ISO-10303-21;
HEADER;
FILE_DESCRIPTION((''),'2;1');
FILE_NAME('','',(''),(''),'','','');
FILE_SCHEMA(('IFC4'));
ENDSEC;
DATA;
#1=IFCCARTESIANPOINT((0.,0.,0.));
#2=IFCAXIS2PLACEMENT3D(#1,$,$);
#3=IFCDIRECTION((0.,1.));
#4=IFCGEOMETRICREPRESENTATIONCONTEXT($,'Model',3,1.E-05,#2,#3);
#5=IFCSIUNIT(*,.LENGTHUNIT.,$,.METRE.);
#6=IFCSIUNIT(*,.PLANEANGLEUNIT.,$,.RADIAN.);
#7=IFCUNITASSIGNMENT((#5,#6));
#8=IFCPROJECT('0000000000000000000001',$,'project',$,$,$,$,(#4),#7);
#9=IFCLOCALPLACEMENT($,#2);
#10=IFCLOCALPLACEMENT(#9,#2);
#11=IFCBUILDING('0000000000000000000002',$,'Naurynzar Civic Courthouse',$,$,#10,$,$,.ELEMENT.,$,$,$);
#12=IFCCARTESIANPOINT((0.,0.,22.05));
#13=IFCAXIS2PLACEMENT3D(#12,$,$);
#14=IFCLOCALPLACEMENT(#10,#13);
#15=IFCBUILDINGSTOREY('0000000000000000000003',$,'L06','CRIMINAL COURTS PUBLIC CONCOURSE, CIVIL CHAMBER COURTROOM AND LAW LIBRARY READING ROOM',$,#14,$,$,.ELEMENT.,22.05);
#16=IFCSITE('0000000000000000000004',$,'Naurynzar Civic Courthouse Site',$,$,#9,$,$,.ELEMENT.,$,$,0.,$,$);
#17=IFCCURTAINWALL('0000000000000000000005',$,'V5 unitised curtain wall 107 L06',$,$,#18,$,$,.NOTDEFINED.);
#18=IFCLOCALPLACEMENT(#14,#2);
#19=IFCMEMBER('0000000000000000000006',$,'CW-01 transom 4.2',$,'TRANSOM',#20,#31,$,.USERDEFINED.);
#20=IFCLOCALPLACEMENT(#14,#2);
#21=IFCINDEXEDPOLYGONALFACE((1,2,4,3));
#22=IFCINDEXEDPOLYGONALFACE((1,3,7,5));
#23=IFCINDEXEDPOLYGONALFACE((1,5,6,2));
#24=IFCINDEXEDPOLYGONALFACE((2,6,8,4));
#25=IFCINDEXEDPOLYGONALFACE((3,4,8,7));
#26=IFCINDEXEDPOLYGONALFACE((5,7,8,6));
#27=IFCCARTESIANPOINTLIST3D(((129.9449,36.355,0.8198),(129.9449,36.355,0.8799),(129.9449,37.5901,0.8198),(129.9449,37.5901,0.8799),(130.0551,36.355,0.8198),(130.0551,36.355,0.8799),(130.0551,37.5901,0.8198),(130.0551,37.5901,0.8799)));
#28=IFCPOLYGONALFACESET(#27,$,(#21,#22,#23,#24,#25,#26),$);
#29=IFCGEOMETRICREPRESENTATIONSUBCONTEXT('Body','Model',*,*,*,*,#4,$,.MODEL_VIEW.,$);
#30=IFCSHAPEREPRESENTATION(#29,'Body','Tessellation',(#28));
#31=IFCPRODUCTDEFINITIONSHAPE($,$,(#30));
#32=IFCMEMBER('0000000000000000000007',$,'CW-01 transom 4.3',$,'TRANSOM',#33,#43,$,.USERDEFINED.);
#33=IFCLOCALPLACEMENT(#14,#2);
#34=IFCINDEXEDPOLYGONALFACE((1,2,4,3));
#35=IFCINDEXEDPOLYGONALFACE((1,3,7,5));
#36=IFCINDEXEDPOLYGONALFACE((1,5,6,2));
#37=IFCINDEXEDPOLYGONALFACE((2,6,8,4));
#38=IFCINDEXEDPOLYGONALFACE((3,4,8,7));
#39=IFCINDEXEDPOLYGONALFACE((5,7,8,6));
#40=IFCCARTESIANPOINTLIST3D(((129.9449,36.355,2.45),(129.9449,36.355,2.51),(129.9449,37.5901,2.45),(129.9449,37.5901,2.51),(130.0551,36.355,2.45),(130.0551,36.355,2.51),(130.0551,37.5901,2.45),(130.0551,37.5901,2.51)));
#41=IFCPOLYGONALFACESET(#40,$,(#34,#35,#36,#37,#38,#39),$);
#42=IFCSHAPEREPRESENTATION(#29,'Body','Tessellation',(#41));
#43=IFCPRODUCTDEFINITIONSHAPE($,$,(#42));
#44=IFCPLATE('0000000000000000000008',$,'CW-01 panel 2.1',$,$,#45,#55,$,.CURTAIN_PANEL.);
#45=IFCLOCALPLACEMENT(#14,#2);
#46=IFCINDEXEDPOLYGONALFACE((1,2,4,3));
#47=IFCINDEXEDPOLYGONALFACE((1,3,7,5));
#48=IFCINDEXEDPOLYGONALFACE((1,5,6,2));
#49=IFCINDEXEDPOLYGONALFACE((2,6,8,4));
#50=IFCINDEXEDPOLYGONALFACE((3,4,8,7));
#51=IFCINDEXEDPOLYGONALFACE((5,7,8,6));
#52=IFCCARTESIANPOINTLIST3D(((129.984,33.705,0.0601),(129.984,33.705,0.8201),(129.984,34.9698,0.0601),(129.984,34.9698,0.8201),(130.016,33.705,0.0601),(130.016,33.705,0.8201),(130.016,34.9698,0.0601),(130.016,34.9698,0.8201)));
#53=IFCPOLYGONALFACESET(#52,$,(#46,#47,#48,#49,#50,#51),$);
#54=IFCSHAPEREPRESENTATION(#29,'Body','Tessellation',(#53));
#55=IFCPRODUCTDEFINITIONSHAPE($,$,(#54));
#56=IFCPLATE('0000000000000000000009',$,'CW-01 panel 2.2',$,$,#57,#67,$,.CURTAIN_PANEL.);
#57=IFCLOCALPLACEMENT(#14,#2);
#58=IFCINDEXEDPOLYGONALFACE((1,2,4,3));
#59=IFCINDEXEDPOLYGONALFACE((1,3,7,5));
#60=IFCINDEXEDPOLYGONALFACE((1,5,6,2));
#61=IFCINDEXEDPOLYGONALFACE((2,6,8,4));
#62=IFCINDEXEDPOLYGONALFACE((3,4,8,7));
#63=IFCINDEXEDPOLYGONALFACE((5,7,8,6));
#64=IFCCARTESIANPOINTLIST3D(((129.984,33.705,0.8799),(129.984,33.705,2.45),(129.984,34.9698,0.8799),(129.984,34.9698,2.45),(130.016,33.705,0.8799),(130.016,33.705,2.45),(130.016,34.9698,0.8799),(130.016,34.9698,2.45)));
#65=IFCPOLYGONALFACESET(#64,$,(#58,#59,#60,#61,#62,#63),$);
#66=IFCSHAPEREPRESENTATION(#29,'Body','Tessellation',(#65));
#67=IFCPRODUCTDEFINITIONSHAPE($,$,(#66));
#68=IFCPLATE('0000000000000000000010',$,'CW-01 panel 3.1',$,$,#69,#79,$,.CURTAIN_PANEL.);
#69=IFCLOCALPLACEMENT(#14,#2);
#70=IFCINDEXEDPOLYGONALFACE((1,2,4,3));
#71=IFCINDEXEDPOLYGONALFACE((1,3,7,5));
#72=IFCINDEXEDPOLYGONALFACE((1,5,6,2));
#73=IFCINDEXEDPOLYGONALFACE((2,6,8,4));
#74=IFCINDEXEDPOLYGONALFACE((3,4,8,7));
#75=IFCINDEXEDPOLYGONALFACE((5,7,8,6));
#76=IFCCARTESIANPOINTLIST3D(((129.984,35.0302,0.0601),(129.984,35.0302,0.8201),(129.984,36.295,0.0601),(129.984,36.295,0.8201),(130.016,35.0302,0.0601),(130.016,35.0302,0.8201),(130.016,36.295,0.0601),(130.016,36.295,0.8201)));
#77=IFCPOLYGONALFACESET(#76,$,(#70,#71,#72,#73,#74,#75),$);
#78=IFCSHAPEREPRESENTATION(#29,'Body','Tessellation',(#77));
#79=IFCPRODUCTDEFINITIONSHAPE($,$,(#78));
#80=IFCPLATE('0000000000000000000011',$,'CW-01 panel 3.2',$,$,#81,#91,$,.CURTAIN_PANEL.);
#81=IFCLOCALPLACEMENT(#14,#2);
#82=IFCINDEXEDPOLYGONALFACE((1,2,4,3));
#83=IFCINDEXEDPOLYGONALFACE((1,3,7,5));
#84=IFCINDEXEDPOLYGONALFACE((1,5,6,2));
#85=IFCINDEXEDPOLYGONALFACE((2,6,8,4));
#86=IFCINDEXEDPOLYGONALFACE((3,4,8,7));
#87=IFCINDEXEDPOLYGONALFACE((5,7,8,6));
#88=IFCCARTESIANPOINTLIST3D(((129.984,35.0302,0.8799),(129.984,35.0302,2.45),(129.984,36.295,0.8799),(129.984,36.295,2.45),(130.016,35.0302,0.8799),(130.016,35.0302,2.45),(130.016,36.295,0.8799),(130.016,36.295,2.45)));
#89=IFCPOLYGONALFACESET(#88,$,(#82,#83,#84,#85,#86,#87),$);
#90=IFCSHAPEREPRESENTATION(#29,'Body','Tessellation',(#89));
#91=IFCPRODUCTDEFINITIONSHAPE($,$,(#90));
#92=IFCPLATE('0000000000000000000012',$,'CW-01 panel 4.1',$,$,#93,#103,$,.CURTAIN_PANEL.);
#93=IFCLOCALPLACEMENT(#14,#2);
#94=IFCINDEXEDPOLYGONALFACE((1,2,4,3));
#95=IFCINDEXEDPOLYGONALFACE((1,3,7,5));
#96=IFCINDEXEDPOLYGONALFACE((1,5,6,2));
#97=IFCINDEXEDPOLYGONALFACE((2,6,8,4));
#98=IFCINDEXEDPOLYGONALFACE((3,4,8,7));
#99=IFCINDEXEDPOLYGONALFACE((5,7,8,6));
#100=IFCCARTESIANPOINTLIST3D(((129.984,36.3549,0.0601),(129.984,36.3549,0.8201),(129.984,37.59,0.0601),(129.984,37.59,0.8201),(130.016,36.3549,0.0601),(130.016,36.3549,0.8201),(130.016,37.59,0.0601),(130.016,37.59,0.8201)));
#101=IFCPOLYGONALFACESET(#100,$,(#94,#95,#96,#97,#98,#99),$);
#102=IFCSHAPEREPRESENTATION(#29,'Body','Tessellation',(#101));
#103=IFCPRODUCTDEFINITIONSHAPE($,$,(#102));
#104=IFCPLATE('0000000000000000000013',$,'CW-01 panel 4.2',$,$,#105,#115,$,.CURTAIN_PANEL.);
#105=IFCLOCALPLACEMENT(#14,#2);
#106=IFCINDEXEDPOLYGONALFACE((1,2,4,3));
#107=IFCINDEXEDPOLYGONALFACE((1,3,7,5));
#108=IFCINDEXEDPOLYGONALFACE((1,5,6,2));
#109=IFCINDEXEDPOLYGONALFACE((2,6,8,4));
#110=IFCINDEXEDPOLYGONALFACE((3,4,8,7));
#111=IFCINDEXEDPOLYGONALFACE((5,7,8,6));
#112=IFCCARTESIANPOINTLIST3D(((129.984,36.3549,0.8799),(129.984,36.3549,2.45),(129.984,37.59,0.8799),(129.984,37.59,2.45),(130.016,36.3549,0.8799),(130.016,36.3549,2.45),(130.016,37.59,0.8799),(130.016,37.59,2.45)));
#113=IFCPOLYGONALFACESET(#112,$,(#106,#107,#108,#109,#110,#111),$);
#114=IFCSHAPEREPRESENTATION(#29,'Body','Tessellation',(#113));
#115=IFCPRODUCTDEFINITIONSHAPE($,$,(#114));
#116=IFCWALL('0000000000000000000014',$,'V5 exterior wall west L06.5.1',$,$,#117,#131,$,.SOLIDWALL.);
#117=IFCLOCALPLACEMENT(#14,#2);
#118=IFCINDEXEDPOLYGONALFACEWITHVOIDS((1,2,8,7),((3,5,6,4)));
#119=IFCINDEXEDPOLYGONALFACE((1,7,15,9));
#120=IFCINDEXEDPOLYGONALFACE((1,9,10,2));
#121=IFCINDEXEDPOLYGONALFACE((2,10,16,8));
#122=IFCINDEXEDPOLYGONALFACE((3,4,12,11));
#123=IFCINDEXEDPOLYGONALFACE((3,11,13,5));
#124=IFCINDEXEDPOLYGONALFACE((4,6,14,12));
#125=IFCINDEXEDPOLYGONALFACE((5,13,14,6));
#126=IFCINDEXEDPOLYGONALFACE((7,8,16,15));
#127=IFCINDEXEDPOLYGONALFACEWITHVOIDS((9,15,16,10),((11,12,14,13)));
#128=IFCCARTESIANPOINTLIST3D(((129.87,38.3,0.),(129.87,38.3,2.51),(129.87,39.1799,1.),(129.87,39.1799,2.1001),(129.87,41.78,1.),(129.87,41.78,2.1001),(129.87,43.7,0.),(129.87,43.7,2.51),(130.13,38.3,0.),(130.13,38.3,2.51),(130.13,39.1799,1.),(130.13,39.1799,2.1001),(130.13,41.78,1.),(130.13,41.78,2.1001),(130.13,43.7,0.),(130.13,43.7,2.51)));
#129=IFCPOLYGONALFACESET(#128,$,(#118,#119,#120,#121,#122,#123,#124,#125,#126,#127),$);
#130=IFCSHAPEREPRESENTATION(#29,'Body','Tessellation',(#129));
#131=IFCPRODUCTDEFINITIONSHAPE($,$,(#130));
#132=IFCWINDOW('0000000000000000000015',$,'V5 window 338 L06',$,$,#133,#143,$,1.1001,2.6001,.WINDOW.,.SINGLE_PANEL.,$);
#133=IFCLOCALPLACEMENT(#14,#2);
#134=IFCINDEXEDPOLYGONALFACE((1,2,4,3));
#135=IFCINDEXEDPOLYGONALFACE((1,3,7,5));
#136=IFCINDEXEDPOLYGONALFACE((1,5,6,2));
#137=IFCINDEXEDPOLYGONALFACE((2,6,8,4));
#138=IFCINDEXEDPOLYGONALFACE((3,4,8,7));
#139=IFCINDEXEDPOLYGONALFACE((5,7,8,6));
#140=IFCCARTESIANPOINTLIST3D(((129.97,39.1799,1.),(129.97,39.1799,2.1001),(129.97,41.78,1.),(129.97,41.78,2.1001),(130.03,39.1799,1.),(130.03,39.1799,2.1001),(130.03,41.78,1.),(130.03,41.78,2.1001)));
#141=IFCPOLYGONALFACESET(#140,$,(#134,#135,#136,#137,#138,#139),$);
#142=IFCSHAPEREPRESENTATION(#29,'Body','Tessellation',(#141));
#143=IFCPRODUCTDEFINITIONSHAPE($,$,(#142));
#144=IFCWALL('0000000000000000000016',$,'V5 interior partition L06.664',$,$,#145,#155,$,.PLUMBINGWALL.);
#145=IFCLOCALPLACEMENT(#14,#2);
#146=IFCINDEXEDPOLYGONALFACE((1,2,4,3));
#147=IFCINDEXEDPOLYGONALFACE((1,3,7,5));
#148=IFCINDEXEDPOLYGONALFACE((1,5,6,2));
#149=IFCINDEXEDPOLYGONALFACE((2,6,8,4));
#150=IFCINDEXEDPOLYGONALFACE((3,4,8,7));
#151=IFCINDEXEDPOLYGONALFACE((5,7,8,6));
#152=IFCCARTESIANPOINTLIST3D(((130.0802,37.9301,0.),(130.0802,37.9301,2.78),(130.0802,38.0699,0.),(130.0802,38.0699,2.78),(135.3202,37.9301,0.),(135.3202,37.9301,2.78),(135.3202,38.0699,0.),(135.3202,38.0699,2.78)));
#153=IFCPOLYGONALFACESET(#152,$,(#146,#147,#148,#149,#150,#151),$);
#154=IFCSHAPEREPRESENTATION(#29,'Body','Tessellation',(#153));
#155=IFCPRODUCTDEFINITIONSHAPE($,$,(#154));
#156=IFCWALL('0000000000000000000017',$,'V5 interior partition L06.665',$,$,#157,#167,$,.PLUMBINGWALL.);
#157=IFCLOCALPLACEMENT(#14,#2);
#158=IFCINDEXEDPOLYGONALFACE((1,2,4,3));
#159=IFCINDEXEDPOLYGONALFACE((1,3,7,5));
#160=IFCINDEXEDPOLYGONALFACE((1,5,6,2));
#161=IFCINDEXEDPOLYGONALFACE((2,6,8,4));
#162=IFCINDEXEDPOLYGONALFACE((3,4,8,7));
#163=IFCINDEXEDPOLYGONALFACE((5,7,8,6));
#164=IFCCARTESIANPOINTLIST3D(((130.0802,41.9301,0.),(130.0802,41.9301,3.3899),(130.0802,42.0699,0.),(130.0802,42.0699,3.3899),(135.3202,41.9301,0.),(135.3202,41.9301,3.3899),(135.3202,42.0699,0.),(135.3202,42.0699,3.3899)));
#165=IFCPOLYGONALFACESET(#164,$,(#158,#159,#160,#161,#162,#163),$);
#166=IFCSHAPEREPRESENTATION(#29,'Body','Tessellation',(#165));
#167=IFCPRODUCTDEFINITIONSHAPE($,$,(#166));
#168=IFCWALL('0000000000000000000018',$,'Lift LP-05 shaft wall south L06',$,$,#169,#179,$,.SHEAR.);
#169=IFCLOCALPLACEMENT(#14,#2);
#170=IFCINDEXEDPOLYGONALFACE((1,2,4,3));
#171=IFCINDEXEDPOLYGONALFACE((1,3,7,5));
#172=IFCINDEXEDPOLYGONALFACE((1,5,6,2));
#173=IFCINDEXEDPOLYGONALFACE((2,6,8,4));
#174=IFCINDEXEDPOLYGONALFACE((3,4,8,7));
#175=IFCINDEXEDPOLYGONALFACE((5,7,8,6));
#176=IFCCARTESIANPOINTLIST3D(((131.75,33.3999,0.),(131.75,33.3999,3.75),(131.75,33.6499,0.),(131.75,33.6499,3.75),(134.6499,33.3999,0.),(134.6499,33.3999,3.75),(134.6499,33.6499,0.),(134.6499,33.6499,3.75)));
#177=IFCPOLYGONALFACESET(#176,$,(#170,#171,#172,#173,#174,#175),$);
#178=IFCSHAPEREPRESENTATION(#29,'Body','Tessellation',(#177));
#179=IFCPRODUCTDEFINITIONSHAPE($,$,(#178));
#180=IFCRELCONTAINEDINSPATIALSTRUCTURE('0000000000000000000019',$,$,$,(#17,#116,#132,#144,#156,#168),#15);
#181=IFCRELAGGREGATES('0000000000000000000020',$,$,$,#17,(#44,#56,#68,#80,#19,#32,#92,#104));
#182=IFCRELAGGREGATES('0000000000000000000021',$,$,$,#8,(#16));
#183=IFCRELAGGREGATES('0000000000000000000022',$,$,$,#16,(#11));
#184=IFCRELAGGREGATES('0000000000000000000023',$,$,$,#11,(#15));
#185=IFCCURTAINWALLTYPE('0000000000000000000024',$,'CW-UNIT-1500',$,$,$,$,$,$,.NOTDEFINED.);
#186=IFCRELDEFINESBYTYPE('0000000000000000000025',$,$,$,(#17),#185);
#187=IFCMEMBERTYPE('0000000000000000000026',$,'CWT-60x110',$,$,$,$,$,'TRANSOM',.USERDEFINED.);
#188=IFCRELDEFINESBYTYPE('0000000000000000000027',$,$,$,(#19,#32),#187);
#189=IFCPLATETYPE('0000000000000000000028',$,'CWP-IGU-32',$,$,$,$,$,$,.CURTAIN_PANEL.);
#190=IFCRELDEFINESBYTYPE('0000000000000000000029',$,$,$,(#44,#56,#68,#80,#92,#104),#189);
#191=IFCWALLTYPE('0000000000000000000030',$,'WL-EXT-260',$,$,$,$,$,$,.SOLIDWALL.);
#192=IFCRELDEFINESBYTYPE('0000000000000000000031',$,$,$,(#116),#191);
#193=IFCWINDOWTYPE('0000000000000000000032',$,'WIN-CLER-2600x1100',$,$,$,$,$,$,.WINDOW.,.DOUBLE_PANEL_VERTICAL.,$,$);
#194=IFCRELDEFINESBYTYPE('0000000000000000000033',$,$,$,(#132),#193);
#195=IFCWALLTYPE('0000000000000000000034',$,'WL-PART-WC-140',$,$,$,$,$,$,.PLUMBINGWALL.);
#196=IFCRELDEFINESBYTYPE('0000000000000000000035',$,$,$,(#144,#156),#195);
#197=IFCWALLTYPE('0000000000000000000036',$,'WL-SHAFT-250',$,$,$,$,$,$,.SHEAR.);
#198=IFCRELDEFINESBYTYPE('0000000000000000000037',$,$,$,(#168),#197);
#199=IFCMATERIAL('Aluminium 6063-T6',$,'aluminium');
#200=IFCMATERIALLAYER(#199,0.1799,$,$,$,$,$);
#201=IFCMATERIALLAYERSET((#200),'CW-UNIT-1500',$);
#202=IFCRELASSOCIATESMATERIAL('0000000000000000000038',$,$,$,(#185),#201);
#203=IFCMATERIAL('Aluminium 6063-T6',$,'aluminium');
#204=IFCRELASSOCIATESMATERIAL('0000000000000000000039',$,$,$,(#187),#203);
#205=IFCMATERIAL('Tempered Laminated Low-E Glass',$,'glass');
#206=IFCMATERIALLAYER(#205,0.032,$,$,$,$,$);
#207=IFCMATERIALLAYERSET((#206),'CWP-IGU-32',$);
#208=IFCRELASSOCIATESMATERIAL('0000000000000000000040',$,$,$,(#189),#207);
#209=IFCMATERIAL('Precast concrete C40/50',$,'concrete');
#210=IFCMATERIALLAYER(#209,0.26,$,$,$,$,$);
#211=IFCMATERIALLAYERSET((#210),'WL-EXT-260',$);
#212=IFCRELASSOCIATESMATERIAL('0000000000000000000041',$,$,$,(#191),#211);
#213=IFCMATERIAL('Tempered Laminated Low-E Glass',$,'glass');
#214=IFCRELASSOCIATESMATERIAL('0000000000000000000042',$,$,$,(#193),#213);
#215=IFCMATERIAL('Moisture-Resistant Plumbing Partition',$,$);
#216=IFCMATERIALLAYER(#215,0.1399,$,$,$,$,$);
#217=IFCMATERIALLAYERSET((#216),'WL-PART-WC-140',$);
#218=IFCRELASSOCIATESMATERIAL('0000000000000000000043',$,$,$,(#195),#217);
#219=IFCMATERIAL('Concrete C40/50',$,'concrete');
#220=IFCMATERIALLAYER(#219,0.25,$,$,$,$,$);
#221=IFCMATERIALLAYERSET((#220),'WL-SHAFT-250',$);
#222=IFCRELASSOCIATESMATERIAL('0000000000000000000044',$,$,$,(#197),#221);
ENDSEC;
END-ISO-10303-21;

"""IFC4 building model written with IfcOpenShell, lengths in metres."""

from ifc_helpers import new_model, si_unit, direction, frame, frame_2d, origin, origin_2d, place, context, subcontext, project, spatial, rectangle, extrude, material, layer, layer_set, material_profile, profile_set, type_object, element, fill, aggregate, save


model = new_model("IFC4")

# Units and contexts
model_context = context("Model", 3, precision=1e-05, world=origin(), true_north=direction((0.0, 1.0)))
body_context = subcontext(model_context, "Body", "Model", "MODEL_VIEW")
ifc_project = project(units=[si_unit("LENGTHUNIT", "METRE"), si_unit("PLANEANGLEUNIT", "RADIAN")], contexts=[model_context])

# Site, building, storey
site_placement = place(None, origin())
site = spatial("IfcSite", under=ifc_project, at=site_placement, Name="Naurynzar Civic Courthouse Site", CompositionType="ELEMENT", RefElevation=0.0)
building_placement = place(site_placement, origin())
building = spatial("IfcBuilding", under=site, at=building_placement, Name="Naurynzar Civic Courthouse", CompositionType="ELEMENT")
storey_placement = place(building_placement, frame((0.0, 0.0, 22.05)))
storey = spatial("IfcBuildingStorey", under=building, at=storey_placement, Name="L06", Description="CRIMINAL COURTS PUBLIC CONCOURSE, CIVIL CHAMBER COURTROOM AND LAW LIBRARY READING ROOM", CompositionType="ELEMENT", Elevation=22.05)

# Curtain wall, members, plates
ifc_material_1 = material(Name="Aluminium 6063-T6", Category="aluminium")
ifc_layer_1 = layer(ifc_material_1, 0.1799)
ifc_layer_set_1 = layer_set([ifc_layer_1], Name="CW-UNIT-1500")
curtain_wall_type = type_object("IfcCurtainWallType", Name="CW-UNIT-1500", PredefinedType="NOTDEFINED", material=ifc_layer_set_1)
curtain_wall_placement = place(storey_placement, origin())
curtain_wall = element("IfcCurtainWall", 1, at=curtain_wall_placement, inside=storey, type_object=curtain_wall_type, Name="V5 unitised curtain wall 107 L06", PredefinedType="NOTDEFINED")
ifc_material_2 = material(Name="Aluminium 6063-T6", Category="aluminium")
ifc_material_profile_1 = material_profile(ifc_material_2, rectangle(XDim=0.1101, YDim=0.0601, at=origin_2d()), Name="ALU TRANSOM 60x110")
ifc_profile_set_1 = profile_set([ifc_material_profile_1], Name="Aluminium 6063-T6")
member_type_1 = type_object("IfcMemberType", Name="CWT-60x110", ElementType="TRANSOM", PredefinedType="USERDEFINED", material=ifc_profile_set_1)
member_1_placement = place(storey_placement, frame((130.0, 36.355, 0.8499), z_axis=(0.0, 1.0, 0.0), x_axis=(-1.0, 0.0, 0.0)))
member_1 = element("IfcMember", 2, at=member_1_placement, type_object=member_type_1, Name="CW-01 transom 4.2", ObjectType="TRANSOM", PredefinedType="USERDEFINED", context=body_context, shape_type="SweptSolid", body=[
    extrude(rectangle(XDim=0.1101, YDim=0.0601, at=origin_2d()), origin(), (0.0, 0.0, 1.0), 1.2351),
])
member_2_placement = place(storey_placement, frame((130.0, 36.355, 2.48), z_axis=(0.0, 1.0, 0.0), x_axis=(-1.0, 0.0, 0.0)))
member_2 = element("IfcMember", 3, at=member_2_placement, type_object=member_type_1, Name="CW-01 transom 4.3", ObjectType="TRANSOM", PredefinedType="USERDEFINED", context=body_context, shape_type="SweptSolid", body=[
    extrude(rectangle(XDim=0.1101, YDim=0.0601, at=origin_2d()), origin(), (0.0, 0.0, 1.0), 1.2351),
])
ifc_material_3 = material(Name="Tempered Laminated Low-E Glass", Category="glass")
ifc_layer_2 = layer(ifc_material_3, 0.032)
ifc_layer_set_2 = layer_set([ifc_layer_2], Name="CWP-IGU-32")
plate_type = type_object("IfcPlateType", Name="CWP-IGU-32", PredefinedType="CURTAIN_PANEL", material=ifc_layer_set_2)
plate_1_placement = place(storey_placement, frame((130.0, 34.3374, 0.0601), z_axis=(0.0, 0.0, 1.0), x_axis=(0.0, 1.0, 0.0)))
plate_1 = element("IfcPlate", 4, at=plate_1_placement, type_object=plate_type, Name="CW-01 panel 2.1", PredefinedType="CURTAIN_PANEL", context=body_context, shape_type="SweptSolid", body=[
    extrude(rectangle(XDim=1.2649, YDim=0.032, at=origin_2d()), origin(), (0.0, 0.0, 1.0), 0.76),
])
plate_2_placement = place(storey_placement, frame((130.0, 34.3374, 0.8799), z_axis=(0.0, 0.0, 1.0), x_axis=(0.0, 1.0, 0.0)))
plate_2 = element("IfcPlate", 5, at=plate_2_placement, type_object=plate_type, Name="CW-01 panel 2.2", PredefinedType="CURTAIN_PANEL", context=body_context, shape_type="SweptSolid", body=[
    extrude(rectangle(XDim=1.2649, YDim=0.032, at=origin_2d()), origin(), (0.0, 0.0, 1.0), 1.5701),
])
plate_3_placement = place(storey_placement, frame((130.0, 35.6626, 0.0601), z_axis=(0.0, 0.0, 1.0), x_axis=(0.0, 1.0, 0.0)))
plate_3 = element("IfcPlate", 6, at=plate_3_placement, type_object=plate_type, Name="CW-01 panel 3.1", PredefinedType="CURTAIN_PANEL", context=body_context, shape_type="SweptSolid", body=[
    extrude(rectangle(XDim=1.2649, YDim=0.032, at=origin_2d()), origin(), (0.0, 0.0, 1.0), 0.76),
])
plate_4_placement = place(storey_placement, frame((130.0, 35.6626, 0.8799), z_axis=(0.0, 0.0, 1.0), x_axis=(0.0, 1.0, 0.0)))
plate_4 = element("IfcPlate", 7, at=plate_4_placement, type_object=plate_type, Name="CW-01 panel 3.2", PredefinedType="CURTAIN_PANEL", context=body_context, shape_type="SweptSolid", body=[
    extrude(rectangle(XDim=1.2649, YDim=0.032, at=origin_2d()), origin(), (0.0, 0.0, 1.0), 1.5701),
])
plate_5_placement = place(storey_placement, frame((130.0, 36.9724, 0.0601), z_axis=(0.0, 0.0, 1.0), x_axis=(0.0, 1.0, 0.0)))
plate_5 = element("IfcPlate", 8, at=plate_5_placement, type_object=plate_type, Name="CW-01 panel 4.1", PredefinedType="CURTAIN_PANEL", context=body_context, shape_type="SweptSolid", body=[
    extrude(rectangle(XDim=1.2351, YDim=0.032, at=origin_2d()), origin(), (0.0, 0.0, 1.0), 0.76),
])
plate_6_placement = place(storey_placement, frame((130.0, 36.9724, 0.8799), z_axis=(0.0, 0.0, 1.0), x_axis=(0.0, 1.0, 0.0)))
plate_6 = element("IfcPlate", 9, at=plate_6_placement, type_object=plate_type, Name="CW-01 panel 4.2", PredefinedType="CURTAIN_PANEL", context=body_context, shape_type="SweptSolid", body=[
    extrude(rectangle(XDim=1.2351, YDim=0.032, at=origin_2d()), origin(), (0.0, 0.0, 1.0), 1.5701),
])
aggregate(curtain_wall, [plate_1, plate_2, plate_3, plate_4, member_1, member_2, plate_5, plate_6])

# Wall, opening, window
ifc_material_4 = material(Name="Precast concrete C40/50", Category="concrete")
ifc_layer_3 = layer(ifc_material_4, 0.26)
ifc_layer_set_3 = layer_set([ifc_layer_3], Name="WL-EXT-260")
wall_type_1 = type_object("IfcWallType", Name="WL-EXT-260", PredefinedType="SOLIDWALL", material=ifc_layer_set_3)
wall_1_placement = place(storey_placement, frame((130.0, 38.3, 0.0), z_axis=(0.0, 0.0, 1.0), x_axis=(0.0, 1.0, 0.0)))
wall_1 = element("IfcWall", 10, at=wall_1_placement, inside=storey, type_object=wall_type_1, Name="V5 exterior wall west L06.5.1", PredefinedType="SOLIDWALL", context=body_context, shape_type="SweptSolid", body=[
    extrude(rectangle(XDim=5.3999, YDim=0.26, at=frame_2d((2.7, 0.0))), origin(), (0.0, 0.0, 1.0), 2.51),
])
opening_1_placement = place(wall_1_placement, frame((0.8799, 0.0, 1.0)))
opening_1 = element("IfcOpeningElement", 11, at=opening_1_placement, cuts=wall_1, PredefinedType="OPENING", context=body_context, shape_type="SweptSolid", body=[
    extrude(rectangle(XDim=2.6001, YDim=1.1001, at=frame_2d((1.3, 0.55))), frame((0.0, 0.1399, 0.0), z_axis=(0.0, -1.0, 0.0), x_axis=(1.0, 0.0, 0.0)), (0.0, 0.0, 1.0), 0.28),
])
ifc_material_5 = material(Name="Tempered Laminated Low-E Glass", Category="glass")
window_type = type_object("IfcWindowType", Name="WIN-CLER-2600x1100", PartitioningType="DOUBLE_PANEL_VERTICAL", PredefinedType="WINDOW", material=ifc_material_5)
window_placement = place(opening_1_placement, origin())
window = element("IfcWindow", 12, at=window_placement, inside=storey, type_object=window_type, Name="V5 window 338 L06", OverallHeight=1.1001, OverallWidth=2.6001, PartitioningType="SINGLE_PANEL", PredefinedType="WINDOW", context=body_context, shape_type="SweptSolid", body=[
    extrude(rectangle(XDim=2.6001, YDim=1.1001, at=frame_2d((1.3, 0.55))), frame((0.0, 0.03, 0.0), z_axis=(0.0, -1.0, 0.0), x_axis=(1.0, 0.0, 0.0)), (0.0, 0.0, 1.0), 0.0601),
])
fill(opening_1, window)

# Walls
ifc_material_6 = material(Name="Moisture-Resistant Plumbing Partition")
ifc_layer_4 = layer(ifc_material_6, 0.1399)
ifc_layer_set_4 = layer_set([ifc_layer_4], Name="WL-PART-WC-140")
wall_type_2 = type_object("IfcWallType", Name="WL-PART-WC-140", PredefinedType="PLUMBINGWALL", material=ifc_layer_set_4)
wall_2_placement = place(storey_placement, frame((130.0801, 38.0, 0.0), z_axis=(0.0, 0.0, 1.0), x_axis=(1.0, 0.0, 0.0)))
element("IfcWall", 13, at=wall_2_placement, inside=storey, type_object=wall_type_2, Name="V5 interior partition L06.664", PredefinedType="PLUMBINGWALL", context=body_context, shape_type="SweptSolid", body=[
    extrude(rectangle(XDim=5.24, YDim=0.1399, at=frame_2d((2.6201, 0.0))), origin(), (0.0, 0.0, 1.0), 2.78),
])
wall_3_placement = place(storey_placement, frame((130.0801, 42.0, 0.0), z_axis=(0.0, 0.0, 1.0), x_axis=(1.0, 0.0, 0.0)))
element("IfcWall", 14, at=wall_3_placement, inside=storey, type_object=wall_type_2, Name="V5 interior partition L06.665", PredefinedType="PLUMBINGWALL", context=body_context, shape_type="SweptSolid", body=[
    extrude(rectangle(XDim=5.24, YDim=0.1399, at=frame_2d((2.6201, 0.0))), origin(), (0.0, 0.0, 1.0), 3.3899),
])
ifc_material_7 = material(Name="Concrete C40/50", Category="concrete")
ifc_layer_5 = layer(ifc_material_7, 0.25)
ifc_layer_set_5 = layer_set([ifc_layer_5], Name="WL-SHAFT-250")
wall_type_3 = type_object("IfcWallType", Name="WL-SHAFT-250", PredefinedType="SHEAR", material=ifc_layer_set_5)
for number, where, z_axis, x_axis, name in (
    (15, (131.75, 33.5249, 0.0), (0.0, 0.0, 1.0), (1.0, 0.0, 0.0), "Lift LP-05 shaft wall south L06"),
):
    element("IfcWall", number, at=place(storey_placement, frame(where, z_axis=z_axis, x_axis=x_axis)), inside=storey, type_object=wall_type_3, Name=name, PredefinedType="SHEAR", context=body_context, shape_type="SweptSolid", body=[
        extrude(rectangle(XDim=2.8999, YDim=0.25, at=frame_2d((1.45, 0.0))), origin(), (0.0, 0.0, 1.0), 3.75),
    ])

save(model, "model.ifc")
